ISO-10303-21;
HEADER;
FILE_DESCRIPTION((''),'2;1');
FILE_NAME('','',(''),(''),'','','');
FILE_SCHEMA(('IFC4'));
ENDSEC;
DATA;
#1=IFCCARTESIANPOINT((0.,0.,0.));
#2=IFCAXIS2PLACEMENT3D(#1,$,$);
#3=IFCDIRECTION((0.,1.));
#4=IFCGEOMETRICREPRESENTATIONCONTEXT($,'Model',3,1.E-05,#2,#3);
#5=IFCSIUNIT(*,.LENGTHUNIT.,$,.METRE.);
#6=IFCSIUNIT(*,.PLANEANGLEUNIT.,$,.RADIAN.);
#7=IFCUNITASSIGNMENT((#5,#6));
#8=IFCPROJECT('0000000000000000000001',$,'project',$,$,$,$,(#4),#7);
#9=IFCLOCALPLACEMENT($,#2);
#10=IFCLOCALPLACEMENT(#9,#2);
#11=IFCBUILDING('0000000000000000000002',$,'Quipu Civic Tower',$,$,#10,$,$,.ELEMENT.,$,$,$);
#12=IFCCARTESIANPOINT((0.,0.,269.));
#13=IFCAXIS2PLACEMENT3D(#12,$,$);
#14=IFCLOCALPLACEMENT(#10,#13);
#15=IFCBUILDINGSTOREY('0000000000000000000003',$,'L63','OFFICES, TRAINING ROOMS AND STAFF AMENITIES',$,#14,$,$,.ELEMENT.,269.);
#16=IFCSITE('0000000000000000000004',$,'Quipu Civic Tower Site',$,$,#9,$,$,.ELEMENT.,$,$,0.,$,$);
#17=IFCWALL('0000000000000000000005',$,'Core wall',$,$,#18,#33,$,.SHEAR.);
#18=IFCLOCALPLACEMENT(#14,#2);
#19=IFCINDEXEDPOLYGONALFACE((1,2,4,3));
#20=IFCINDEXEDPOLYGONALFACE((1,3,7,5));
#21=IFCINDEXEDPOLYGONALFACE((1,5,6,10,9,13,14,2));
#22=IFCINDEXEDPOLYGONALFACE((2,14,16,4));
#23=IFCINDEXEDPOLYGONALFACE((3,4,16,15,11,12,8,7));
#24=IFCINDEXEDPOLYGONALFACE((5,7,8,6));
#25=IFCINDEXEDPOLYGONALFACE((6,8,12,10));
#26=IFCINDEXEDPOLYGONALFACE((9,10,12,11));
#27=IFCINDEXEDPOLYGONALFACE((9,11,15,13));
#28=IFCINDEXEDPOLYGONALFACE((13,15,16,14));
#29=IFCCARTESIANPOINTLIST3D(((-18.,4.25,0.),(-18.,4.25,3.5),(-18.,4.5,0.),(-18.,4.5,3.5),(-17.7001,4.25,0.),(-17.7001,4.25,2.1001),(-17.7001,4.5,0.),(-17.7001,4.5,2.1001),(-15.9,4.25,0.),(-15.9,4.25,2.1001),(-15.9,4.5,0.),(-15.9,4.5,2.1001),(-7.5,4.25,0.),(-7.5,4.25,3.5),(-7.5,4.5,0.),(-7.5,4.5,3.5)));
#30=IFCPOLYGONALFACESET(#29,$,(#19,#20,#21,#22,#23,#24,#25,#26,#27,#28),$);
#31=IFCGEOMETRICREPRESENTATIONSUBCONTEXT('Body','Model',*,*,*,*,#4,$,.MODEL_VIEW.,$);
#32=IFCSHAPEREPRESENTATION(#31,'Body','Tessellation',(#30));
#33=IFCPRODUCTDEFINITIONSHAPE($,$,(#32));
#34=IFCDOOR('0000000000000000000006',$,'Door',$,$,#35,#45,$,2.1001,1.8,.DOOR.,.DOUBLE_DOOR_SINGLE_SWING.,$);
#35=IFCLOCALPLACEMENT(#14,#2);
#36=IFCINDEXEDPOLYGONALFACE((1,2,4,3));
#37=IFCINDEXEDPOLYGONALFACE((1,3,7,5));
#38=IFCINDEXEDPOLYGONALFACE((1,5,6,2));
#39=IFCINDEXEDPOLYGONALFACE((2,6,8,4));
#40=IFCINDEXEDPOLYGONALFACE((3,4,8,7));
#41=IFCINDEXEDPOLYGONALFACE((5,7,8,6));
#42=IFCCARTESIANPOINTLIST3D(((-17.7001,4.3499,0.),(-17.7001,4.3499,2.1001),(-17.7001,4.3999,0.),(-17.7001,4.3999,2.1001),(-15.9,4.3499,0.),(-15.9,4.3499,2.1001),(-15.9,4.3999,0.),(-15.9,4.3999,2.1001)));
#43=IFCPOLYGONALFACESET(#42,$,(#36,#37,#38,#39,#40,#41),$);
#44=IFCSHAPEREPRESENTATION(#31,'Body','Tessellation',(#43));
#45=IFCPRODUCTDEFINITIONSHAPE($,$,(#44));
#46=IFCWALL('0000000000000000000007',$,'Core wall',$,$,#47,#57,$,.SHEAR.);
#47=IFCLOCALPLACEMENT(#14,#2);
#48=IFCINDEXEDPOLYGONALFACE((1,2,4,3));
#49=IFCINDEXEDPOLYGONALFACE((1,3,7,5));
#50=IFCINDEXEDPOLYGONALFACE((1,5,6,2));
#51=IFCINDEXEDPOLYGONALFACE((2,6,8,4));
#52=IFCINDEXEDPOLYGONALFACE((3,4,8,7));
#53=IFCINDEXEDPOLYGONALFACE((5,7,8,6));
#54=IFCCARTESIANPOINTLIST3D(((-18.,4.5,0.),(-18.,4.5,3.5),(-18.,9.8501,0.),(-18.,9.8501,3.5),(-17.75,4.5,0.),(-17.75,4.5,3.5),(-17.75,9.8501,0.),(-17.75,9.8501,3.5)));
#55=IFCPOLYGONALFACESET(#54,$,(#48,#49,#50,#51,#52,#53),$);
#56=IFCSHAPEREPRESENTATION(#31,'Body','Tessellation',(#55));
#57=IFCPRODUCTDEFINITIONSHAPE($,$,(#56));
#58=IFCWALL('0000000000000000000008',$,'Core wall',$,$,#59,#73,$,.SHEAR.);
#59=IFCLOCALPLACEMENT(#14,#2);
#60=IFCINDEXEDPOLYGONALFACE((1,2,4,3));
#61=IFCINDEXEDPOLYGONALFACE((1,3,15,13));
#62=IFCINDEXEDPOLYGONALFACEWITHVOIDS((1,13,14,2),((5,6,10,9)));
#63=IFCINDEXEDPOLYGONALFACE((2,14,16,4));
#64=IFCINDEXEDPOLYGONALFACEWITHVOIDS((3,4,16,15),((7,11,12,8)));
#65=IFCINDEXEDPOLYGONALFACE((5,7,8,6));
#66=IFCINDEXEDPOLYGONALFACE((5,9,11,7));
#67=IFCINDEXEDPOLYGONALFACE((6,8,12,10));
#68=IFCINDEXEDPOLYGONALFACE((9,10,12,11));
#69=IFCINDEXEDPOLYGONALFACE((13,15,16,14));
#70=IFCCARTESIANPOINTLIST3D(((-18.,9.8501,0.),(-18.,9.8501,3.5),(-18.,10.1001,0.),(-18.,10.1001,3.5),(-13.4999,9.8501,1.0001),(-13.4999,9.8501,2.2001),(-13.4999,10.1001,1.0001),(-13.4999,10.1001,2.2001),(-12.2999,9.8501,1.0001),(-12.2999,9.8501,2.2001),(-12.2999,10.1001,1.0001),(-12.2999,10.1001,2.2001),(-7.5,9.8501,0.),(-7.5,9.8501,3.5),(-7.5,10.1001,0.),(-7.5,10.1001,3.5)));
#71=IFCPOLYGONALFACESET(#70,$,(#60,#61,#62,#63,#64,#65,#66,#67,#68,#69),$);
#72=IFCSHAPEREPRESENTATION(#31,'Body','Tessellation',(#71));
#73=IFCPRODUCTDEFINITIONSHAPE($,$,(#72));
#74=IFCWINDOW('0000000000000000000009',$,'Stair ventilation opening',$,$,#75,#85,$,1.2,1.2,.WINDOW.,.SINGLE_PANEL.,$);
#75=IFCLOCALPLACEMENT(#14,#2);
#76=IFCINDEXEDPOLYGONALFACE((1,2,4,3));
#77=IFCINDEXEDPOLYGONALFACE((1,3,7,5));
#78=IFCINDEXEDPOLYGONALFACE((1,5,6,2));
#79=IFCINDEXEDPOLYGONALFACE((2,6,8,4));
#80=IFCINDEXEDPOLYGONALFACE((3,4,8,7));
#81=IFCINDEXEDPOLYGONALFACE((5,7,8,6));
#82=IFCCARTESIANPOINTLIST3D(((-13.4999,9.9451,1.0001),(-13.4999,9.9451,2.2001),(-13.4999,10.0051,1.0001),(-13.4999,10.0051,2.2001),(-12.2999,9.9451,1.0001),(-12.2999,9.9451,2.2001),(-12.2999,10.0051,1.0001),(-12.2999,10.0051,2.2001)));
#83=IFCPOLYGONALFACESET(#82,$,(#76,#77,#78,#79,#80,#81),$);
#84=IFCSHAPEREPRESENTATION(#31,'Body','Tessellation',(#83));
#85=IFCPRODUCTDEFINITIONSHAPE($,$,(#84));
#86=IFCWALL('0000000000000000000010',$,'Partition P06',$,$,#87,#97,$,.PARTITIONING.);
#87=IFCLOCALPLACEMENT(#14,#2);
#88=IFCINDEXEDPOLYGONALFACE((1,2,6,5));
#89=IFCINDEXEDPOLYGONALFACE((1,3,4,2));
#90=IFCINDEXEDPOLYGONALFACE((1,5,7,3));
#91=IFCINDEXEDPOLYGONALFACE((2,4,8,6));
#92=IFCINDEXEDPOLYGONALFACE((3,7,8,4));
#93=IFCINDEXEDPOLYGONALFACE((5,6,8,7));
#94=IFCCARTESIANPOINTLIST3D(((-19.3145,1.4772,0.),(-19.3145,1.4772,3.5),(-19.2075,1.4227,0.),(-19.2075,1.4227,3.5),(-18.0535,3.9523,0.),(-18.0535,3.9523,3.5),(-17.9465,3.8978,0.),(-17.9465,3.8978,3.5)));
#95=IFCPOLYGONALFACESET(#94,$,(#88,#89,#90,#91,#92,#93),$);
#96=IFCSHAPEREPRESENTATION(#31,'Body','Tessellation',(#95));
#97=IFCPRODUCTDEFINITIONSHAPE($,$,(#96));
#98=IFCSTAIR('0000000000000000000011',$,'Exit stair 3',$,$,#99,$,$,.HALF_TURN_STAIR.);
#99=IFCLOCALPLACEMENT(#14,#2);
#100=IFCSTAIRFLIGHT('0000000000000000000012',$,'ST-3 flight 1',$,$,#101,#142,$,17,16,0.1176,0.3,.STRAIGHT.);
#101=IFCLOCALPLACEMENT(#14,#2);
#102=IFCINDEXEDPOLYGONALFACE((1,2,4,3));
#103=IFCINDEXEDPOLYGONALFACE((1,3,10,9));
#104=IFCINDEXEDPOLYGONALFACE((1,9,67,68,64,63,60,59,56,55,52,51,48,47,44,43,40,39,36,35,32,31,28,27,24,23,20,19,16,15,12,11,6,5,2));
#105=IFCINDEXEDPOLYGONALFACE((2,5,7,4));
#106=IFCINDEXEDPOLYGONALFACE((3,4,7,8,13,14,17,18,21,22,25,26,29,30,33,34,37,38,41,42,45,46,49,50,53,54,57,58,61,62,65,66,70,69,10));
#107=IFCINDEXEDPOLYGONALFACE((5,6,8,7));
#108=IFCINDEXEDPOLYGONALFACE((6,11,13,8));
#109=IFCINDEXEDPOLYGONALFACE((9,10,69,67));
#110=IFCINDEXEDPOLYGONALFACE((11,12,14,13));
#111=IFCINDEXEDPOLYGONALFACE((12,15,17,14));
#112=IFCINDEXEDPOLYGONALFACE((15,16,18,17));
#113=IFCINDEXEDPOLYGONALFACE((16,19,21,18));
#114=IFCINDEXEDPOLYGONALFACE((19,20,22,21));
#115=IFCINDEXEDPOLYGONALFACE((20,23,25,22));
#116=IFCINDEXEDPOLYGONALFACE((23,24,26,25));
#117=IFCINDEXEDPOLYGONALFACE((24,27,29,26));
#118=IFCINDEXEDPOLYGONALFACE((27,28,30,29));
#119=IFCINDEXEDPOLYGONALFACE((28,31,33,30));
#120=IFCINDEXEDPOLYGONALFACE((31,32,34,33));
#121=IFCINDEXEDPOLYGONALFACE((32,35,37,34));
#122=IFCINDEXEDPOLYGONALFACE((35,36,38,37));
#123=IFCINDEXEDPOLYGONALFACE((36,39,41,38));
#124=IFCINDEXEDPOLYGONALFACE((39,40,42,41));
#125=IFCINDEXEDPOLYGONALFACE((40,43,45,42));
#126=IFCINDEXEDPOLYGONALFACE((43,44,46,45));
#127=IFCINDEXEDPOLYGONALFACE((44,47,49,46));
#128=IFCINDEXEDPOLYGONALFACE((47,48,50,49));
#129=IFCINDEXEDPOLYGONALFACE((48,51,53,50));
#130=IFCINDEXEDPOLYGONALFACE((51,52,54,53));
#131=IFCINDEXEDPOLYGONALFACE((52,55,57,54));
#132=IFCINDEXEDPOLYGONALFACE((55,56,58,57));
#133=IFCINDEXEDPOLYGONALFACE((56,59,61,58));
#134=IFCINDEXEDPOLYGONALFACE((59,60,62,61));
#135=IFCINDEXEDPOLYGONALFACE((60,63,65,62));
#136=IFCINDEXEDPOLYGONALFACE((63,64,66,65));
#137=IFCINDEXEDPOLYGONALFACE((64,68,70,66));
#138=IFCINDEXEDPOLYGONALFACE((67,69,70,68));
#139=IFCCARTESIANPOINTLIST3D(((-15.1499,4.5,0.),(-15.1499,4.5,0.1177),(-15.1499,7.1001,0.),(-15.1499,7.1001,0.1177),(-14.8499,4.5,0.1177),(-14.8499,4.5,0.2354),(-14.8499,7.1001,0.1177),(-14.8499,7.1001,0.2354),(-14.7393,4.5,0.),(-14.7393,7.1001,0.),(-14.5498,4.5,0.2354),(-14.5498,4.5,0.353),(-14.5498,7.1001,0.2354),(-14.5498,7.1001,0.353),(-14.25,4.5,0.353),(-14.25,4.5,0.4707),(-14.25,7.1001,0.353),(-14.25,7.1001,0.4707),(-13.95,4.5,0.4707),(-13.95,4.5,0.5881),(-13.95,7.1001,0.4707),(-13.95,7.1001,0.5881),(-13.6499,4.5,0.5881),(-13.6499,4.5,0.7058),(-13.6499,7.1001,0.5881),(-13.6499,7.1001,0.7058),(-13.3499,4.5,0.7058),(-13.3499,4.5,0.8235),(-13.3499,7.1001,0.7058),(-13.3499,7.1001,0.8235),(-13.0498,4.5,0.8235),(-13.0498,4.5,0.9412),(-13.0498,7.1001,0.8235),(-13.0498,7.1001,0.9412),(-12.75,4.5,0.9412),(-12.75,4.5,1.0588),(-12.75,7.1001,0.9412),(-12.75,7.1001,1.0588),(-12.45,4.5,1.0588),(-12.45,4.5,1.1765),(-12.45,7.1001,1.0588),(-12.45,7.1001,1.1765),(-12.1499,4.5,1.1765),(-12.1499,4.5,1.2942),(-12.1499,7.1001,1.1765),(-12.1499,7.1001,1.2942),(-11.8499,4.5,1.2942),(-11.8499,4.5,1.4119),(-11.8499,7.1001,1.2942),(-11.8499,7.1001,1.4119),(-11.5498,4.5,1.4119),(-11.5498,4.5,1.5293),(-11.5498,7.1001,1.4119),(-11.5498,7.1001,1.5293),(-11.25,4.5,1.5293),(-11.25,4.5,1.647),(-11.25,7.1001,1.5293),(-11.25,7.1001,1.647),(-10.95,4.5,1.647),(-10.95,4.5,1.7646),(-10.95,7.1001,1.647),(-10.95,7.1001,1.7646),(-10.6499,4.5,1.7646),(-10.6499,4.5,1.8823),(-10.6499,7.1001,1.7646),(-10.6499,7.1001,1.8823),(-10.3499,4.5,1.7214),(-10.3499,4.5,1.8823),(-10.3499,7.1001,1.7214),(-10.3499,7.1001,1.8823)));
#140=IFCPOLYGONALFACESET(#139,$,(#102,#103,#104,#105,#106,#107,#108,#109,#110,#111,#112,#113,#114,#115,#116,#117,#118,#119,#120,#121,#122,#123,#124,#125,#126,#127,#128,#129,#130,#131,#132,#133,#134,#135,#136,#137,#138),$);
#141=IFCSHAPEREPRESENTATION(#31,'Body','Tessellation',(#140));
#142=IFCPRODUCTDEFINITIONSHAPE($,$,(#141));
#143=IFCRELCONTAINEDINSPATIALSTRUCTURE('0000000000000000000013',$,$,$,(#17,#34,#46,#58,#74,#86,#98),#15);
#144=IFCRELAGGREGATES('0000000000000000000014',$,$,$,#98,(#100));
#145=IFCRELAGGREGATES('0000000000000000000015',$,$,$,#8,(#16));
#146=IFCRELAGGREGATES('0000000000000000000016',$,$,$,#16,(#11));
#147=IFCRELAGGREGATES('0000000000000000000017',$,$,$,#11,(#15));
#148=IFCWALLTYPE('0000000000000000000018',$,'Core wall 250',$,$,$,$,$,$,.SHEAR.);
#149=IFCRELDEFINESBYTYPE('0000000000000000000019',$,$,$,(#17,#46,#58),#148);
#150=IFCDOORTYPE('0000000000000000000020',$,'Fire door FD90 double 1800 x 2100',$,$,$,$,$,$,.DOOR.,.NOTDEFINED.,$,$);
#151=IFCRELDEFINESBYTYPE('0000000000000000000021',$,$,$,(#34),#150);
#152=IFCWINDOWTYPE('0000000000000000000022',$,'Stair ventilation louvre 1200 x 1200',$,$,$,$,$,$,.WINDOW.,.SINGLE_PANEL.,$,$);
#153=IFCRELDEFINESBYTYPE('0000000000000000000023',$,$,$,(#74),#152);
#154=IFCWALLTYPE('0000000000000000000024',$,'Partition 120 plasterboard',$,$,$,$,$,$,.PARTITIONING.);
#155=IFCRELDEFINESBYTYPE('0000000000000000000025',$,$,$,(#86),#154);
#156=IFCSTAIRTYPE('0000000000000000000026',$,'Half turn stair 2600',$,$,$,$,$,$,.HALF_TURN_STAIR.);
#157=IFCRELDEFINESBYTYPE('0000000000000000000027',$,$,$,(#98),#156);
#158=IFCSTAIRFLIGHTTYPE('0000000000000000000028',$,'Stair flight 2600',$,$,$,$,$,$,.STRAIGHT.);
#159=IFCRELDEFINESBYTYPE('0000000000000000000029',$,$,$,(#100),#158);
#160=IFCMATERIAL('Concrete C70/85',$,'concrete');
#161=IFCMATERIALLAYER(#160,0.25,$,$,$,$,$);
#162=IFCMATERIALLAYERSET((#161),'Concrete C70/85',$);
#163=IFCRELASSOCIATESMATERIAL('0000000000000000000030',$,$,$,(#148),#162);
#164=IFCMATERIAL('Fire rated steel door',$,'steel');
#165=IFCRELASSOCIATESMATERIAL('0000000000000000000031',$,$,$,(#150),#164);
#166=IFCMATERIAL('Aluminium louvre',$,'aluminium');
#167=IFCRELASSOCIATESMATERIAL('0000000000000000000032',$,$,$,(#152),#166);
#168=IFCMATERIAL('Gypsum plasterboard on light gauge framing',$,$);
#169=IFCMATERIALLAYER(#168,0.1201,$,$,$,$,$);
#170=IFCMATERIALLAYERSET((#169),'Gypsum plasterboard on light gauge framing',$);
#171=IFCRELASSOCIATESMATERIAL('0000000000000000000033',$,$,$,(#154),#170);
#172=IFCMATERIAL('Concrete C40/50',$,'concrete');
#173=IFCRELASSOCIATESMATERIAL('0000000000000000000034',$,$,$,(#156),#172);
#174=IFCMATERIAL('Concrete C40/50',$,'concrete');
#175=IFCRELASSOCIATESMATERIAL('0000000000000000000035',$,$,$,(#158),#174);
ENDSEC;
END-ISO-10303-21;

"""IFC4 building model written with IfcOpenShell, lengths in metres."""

from ifc_helpers import new_model, si_unit, direction, frame, frame_2d, origin, place, context, subcontext, project, spatial, polyline, rectangle, outline, extrude, material, layer, layer_set, type_object, element, fill, aggregate, save


model = new_model("IFC4")

# Units and contexts
model_context = context("Model", 3, precision=1e-05, world=origin(), true_north=direction((0.0, 1.0)))
body_context = subcontext(model_context, "Body", "Model", "MODEL_VIEW")
ifc_project = project(units=[si_unit("LENGTHUNIT", "METRE"), si_unit("PLANEANGLEUNIT", "RADIAN")], contexts=[model_context])

# Site, building, storey
site_placement = place(None, origin())
site = spatial("IfcSite", under=ifc_project, at=site_placement, Name="Quipu Civic Tower Site", CompositionType="ELEMENT", RefElevation=0.0)
building_placement = place(site_placement, origin())
building = spatial("IfcBuilding", under=site, at=building_placement, Name="Quipu Civic Tower", CompositionType="ELEMENT")
storey_placement = place(building_placement, frame((0.0, 0.0, 269.0)))
storey = spatial("IfcBuildingStorey", under=building, at=storey_placement, Name="L63", Description="OFFICES, TRAINING ROOMS AND STAFF AMENITIES", CompositionType="ELEMENT", Elevation=269.0)

# Shared definitions
ifc_material_1 = material(Name="Concrete C70/85", Category="concrete")
ifc_layer_1 = layer(ifc_material_1, 0.25)
ifc_layer_set_1 = layer_set([ifc_layer_1], Name="Concrete C70/85")
wall_type_1 = type_object("IfcWallType", Name="Core wall 250", PredefinedType="SHEAR", material=ifc_layer_set_1)

# Wall, opening, door
wall_1_placement = place(storey_placement, frame((-18.0, 4.375, 0.0), z_axis=(0.0, 0.0, 1.0), x_axis=(1.0, 0.0, 0.0)))
wall_1 = element("IfcWall", 1, at=wall_1_placement, inside=storey, type_object=wall_type_1, Name="Core wall", PredefinedType="SHEAR", context=body_context, shape_type="SweptSolid", body=[
    extrude(rectangle(XDim=10.5, YDim=0.25, at=frame_2d((5.25, 0.0))), origin(), (0.0, 0.0, 1.0), 3.5),
])
opening_1_placement = place(wall_1_placement, frame((0.3, 0.0, 0.0)))
opening_1 = element("IfcOpeningElement", 2, at=opening_1_placement, cuts=wall_1, PredefinedType="OPENING", context=body_context, shape_type="SweptSolid", body=[
    extrude(rectangle(XDim=1.8, YDim=2.1001, at=frame_2d((0.8999, 1.05))), frame((0.0, 0.135, 0.0), z_axis=(0.0, -1.0, 0.0), x_axis=(1.0, 0.0, 0.0)), (0.0, 0.0, 1.0), 0.27),
])
ifc_material_2 = material(Name="Fire rated steel door", Category="steel")
door_type = type_object("IfcDoorType", Name="Fire door FD90 double 1800 x 2100", OperationType="NOTDEFINED", PredefinedType="DOOR", material=ifc_material_2)
door_placement = place(opening_1_placement, origin())
door = element("IfcDoor", 3, at=door_placement, inside=storey, type_object=door_type, Name="Door", OperationType="DOUBLE_DOOR_SINGLE_SWING", OverallHeight=2.1001, OverallWidth=1.8, PredefinedType="DOOR", context=body_context, shape_type="SweptSolid", body=[
    extrude(rectangle(XDim=1.8, YDim=2.1001, at=frame_2d((0.8999, 1.05))), frame((0.0, 0.0249, 0.0), z_axis=(0.0, -1.0, 0.0), x_axis=(1.0, 0.0, 0.0)), (0.0, 0.0, 1.0), 0.05),
])
fill(opening_1, door)

# Wall
wall_2_placement = place(storey_placement, frame((-17.875, 4.5, 0.0), z_axis=(0.0, 0.0, 1.0), x_axis=(0.0, 1.0, 0.0)))
element("IfcWall", 4, at=wall_2_placement, inside=storey, type_object=wall_type_1, Name="Core wall", PredefinedType="SHEAR", context=body_context, shape_type="SweptSolid", body=[
    extrude(rectangle(XDim=5.3501, YDim=0.25, at=frame_2d((2.675, 0.0))), origin(), (0.0, 0.0, 1.0), 3.5),
])

# Wall, opening, window
wall_3_placement = place(storey_placement, frame((-18.0, 9.9751, 0.0), z_axis=(0.0, 0.0, 1.0), x_axis=(1.0, 0.0, 0.0)))
wall_3 = element("IfcWall", 5, at=wall_3_placement, inside=storey, type_object=wall_type_1, Name="Core wall", PredefinedType="SHEAR", context=body_context, shape_type="SweptSolid", body=[
    extrude(rectangle(XDim=10.5, YDim=0.25, at=frame_2d((5.25, 0.0))), origin(), (0.0, 0.0, 1.0), 3.5),
])
opening_2_placement = place(wall_3_placement, frame((4.5, 0.0, 1.0)))
opening_2 = element("IfcOpeningElement", 6, at=opening_2_placement, cuts=wall_3, PredefinedType="OPENING", context=body_context, shape_type="SweptSolid", body=[
    extrude(rectangle(XDim=1.2, YDim=1.2, at=frame_2d((0.6001, 0.6001))), frame((0.0, 0.135, 0.0), z_axis=(0.0, -1.0, 0.0), x_axis=(1.0, 0.0, 0.0)), (0.0, 0.0, 1.0), 0.27),
])
ifc_material_3 = material(Name="Aluminium louvre", Category="aluminium")
window_type = type_object("IfcWindowType", Name="Stair ventilation louvre 1200 x 1200", PartitioningType="SINGLE_PANEL", PredefinedType="WINDOW", material=ifc_material_3)
window_placement = place(opening_2_placement, origin())
window = element("IfcWindow", 7, at=window_placement, inside=storey, type_object=window_type, Name="Stair ventilation opening", OverallHeight=1.2, OverallWidth=1.2, PartitioningType="SINGLE_PANEL", PredefinedType="WINDOW", context=body_context, shape_type="SweptSolid", body=[
    extrude(rectangle(XDim=1.2, YDim=1.2, at=frame_2d((0.6001, 0.6001))), frame((0.0, 0.03, 0.0), z_axis=(0.0, -1.0, 0.0), x_axis=(1.0, 0.0, 0.0)), (0.0, 0.0, 1.0), 0.0601),
])
fill(opening_2, window)

# Wall
ifc_material_4 = material(Name="Gypsum plasterboard on light gauge framing")
ifc_layer_2 = layer(ifc_material_4, 0.1201)
ifc_layer_set_2 = layer_set([ifc_layer_2], Name="Gypsum plasterboard on light gauge framing")
wall_type_2 = type_object("IfcWallType", Name="Partition 120 plasterboard", PredefinedType="PARTITIONING", material=ifc_layer_set_2)
wall_4_placement = place(storey_placement, frame((-19.261, 1.45, 0.0), z_axis=(0.0, 0.0, 1.0), x_axis=(0.453951, 0.891027, 0.0)))
element("IfcWall", 8, at=wall_4_placement, inside=storey, type_object=wall_type_2, Name="Partition P06", PredefinedType="PARTITIONING", context=body_context, shape_type="SweptSolid", body=[
    extrude(rectangle(XDim=2.7778, YDim=0.1201, at=frame_2d((1.3889, 0.0))), origin(), (0.0, 0.0, 1.0), 3.5),
])

# Stair, stair flight
ifc_material_5 = material(Name="Concrete C40/50", Category="concrete")
stair_type = type_object("IfcStairType", Name="Half turn stair 2600", PredefinedType="HALF_TURN_STAIR", material=ifc_material_5)
stair_placement = place(storey_placement, origin())
stair = element("IfcStair", 9, at=stair_placement, inside=storey, type_object=stair_type, Name="Exit stair 3", PredefinedType="HALF_TURN_STAIR")
ifc_material_6 = material(Name="Concrete C40/50", Category="concrete")
stair_flight_type = type_object("IfcStairFlightType", Name="Stair flight 2600", PredefinedType="STRAIGHT", material=ifc_material_6)
stair_flight_placement = place(storey_placement, frame((-15.1499, 5.8, 0.0), z_axis=(0.0, 0.0, 1.0), x_axis=(1.0, 0.0, 0.0)))
stair_flight = element("IfcStairFlight", 10, at=stair_flight_placement, type_object=stair_flight_type, Name="ST-3 flight 1", NumberOfRisers=17, NumberOfTreads=16, PredefinedType="STRAIGHT", RiserHeight=0.1176, TreadLength=0.3, context=body_context, shape_type="SweptSolid", body=[
    extrude(outline(polyline([(0.0, 0.0), (0.0, 0.1177), (0.3, 0.1177), (0.3, 0.2354), (0.6001, 0.2354), (0.6001, 0.353), (0.8999, 0.353), (0.8999, 0.4707), (1.2, 0.4707), (1.2, 0.5881), (1.5, 0.5881), (1.5, 0.7058), (1.8, 0.7058), (1.8, 0.8235), (2.1001, 0.8235), (2.1001, 0.9412), (2.3999, 0.9412), (2.3999, 1.0588), (2.7, 1.0588), (2.7, 1.1765), (3.0, 1.1765), (3.0, 1.2942), (3.3, 1.2942), (3.3, 1.4119), (3.6001, 1.4119), (3.6001, 1.5293), (3.8999, 1.5293), (3.8999, 1.647), (4.2, 1.647), (4.2, 1.7646), (4.5, 1.7646), (4.5, 1.8823), (4.8, 1.8823), (4.8, 2.0), (4.8, 1.7214), (0.4106, 0.0), (0.0, 0.0)])), frame((0.0, 1.3, 0.0), z_axis=(0.0, -1.0, 0.0), x_axis=(1.0, 0.0, 0.0)), (0.0, 0.0, 1.0), 2.6001),
])
aggregate(stair, [stair_flight])

save(model, "model.ifc")
